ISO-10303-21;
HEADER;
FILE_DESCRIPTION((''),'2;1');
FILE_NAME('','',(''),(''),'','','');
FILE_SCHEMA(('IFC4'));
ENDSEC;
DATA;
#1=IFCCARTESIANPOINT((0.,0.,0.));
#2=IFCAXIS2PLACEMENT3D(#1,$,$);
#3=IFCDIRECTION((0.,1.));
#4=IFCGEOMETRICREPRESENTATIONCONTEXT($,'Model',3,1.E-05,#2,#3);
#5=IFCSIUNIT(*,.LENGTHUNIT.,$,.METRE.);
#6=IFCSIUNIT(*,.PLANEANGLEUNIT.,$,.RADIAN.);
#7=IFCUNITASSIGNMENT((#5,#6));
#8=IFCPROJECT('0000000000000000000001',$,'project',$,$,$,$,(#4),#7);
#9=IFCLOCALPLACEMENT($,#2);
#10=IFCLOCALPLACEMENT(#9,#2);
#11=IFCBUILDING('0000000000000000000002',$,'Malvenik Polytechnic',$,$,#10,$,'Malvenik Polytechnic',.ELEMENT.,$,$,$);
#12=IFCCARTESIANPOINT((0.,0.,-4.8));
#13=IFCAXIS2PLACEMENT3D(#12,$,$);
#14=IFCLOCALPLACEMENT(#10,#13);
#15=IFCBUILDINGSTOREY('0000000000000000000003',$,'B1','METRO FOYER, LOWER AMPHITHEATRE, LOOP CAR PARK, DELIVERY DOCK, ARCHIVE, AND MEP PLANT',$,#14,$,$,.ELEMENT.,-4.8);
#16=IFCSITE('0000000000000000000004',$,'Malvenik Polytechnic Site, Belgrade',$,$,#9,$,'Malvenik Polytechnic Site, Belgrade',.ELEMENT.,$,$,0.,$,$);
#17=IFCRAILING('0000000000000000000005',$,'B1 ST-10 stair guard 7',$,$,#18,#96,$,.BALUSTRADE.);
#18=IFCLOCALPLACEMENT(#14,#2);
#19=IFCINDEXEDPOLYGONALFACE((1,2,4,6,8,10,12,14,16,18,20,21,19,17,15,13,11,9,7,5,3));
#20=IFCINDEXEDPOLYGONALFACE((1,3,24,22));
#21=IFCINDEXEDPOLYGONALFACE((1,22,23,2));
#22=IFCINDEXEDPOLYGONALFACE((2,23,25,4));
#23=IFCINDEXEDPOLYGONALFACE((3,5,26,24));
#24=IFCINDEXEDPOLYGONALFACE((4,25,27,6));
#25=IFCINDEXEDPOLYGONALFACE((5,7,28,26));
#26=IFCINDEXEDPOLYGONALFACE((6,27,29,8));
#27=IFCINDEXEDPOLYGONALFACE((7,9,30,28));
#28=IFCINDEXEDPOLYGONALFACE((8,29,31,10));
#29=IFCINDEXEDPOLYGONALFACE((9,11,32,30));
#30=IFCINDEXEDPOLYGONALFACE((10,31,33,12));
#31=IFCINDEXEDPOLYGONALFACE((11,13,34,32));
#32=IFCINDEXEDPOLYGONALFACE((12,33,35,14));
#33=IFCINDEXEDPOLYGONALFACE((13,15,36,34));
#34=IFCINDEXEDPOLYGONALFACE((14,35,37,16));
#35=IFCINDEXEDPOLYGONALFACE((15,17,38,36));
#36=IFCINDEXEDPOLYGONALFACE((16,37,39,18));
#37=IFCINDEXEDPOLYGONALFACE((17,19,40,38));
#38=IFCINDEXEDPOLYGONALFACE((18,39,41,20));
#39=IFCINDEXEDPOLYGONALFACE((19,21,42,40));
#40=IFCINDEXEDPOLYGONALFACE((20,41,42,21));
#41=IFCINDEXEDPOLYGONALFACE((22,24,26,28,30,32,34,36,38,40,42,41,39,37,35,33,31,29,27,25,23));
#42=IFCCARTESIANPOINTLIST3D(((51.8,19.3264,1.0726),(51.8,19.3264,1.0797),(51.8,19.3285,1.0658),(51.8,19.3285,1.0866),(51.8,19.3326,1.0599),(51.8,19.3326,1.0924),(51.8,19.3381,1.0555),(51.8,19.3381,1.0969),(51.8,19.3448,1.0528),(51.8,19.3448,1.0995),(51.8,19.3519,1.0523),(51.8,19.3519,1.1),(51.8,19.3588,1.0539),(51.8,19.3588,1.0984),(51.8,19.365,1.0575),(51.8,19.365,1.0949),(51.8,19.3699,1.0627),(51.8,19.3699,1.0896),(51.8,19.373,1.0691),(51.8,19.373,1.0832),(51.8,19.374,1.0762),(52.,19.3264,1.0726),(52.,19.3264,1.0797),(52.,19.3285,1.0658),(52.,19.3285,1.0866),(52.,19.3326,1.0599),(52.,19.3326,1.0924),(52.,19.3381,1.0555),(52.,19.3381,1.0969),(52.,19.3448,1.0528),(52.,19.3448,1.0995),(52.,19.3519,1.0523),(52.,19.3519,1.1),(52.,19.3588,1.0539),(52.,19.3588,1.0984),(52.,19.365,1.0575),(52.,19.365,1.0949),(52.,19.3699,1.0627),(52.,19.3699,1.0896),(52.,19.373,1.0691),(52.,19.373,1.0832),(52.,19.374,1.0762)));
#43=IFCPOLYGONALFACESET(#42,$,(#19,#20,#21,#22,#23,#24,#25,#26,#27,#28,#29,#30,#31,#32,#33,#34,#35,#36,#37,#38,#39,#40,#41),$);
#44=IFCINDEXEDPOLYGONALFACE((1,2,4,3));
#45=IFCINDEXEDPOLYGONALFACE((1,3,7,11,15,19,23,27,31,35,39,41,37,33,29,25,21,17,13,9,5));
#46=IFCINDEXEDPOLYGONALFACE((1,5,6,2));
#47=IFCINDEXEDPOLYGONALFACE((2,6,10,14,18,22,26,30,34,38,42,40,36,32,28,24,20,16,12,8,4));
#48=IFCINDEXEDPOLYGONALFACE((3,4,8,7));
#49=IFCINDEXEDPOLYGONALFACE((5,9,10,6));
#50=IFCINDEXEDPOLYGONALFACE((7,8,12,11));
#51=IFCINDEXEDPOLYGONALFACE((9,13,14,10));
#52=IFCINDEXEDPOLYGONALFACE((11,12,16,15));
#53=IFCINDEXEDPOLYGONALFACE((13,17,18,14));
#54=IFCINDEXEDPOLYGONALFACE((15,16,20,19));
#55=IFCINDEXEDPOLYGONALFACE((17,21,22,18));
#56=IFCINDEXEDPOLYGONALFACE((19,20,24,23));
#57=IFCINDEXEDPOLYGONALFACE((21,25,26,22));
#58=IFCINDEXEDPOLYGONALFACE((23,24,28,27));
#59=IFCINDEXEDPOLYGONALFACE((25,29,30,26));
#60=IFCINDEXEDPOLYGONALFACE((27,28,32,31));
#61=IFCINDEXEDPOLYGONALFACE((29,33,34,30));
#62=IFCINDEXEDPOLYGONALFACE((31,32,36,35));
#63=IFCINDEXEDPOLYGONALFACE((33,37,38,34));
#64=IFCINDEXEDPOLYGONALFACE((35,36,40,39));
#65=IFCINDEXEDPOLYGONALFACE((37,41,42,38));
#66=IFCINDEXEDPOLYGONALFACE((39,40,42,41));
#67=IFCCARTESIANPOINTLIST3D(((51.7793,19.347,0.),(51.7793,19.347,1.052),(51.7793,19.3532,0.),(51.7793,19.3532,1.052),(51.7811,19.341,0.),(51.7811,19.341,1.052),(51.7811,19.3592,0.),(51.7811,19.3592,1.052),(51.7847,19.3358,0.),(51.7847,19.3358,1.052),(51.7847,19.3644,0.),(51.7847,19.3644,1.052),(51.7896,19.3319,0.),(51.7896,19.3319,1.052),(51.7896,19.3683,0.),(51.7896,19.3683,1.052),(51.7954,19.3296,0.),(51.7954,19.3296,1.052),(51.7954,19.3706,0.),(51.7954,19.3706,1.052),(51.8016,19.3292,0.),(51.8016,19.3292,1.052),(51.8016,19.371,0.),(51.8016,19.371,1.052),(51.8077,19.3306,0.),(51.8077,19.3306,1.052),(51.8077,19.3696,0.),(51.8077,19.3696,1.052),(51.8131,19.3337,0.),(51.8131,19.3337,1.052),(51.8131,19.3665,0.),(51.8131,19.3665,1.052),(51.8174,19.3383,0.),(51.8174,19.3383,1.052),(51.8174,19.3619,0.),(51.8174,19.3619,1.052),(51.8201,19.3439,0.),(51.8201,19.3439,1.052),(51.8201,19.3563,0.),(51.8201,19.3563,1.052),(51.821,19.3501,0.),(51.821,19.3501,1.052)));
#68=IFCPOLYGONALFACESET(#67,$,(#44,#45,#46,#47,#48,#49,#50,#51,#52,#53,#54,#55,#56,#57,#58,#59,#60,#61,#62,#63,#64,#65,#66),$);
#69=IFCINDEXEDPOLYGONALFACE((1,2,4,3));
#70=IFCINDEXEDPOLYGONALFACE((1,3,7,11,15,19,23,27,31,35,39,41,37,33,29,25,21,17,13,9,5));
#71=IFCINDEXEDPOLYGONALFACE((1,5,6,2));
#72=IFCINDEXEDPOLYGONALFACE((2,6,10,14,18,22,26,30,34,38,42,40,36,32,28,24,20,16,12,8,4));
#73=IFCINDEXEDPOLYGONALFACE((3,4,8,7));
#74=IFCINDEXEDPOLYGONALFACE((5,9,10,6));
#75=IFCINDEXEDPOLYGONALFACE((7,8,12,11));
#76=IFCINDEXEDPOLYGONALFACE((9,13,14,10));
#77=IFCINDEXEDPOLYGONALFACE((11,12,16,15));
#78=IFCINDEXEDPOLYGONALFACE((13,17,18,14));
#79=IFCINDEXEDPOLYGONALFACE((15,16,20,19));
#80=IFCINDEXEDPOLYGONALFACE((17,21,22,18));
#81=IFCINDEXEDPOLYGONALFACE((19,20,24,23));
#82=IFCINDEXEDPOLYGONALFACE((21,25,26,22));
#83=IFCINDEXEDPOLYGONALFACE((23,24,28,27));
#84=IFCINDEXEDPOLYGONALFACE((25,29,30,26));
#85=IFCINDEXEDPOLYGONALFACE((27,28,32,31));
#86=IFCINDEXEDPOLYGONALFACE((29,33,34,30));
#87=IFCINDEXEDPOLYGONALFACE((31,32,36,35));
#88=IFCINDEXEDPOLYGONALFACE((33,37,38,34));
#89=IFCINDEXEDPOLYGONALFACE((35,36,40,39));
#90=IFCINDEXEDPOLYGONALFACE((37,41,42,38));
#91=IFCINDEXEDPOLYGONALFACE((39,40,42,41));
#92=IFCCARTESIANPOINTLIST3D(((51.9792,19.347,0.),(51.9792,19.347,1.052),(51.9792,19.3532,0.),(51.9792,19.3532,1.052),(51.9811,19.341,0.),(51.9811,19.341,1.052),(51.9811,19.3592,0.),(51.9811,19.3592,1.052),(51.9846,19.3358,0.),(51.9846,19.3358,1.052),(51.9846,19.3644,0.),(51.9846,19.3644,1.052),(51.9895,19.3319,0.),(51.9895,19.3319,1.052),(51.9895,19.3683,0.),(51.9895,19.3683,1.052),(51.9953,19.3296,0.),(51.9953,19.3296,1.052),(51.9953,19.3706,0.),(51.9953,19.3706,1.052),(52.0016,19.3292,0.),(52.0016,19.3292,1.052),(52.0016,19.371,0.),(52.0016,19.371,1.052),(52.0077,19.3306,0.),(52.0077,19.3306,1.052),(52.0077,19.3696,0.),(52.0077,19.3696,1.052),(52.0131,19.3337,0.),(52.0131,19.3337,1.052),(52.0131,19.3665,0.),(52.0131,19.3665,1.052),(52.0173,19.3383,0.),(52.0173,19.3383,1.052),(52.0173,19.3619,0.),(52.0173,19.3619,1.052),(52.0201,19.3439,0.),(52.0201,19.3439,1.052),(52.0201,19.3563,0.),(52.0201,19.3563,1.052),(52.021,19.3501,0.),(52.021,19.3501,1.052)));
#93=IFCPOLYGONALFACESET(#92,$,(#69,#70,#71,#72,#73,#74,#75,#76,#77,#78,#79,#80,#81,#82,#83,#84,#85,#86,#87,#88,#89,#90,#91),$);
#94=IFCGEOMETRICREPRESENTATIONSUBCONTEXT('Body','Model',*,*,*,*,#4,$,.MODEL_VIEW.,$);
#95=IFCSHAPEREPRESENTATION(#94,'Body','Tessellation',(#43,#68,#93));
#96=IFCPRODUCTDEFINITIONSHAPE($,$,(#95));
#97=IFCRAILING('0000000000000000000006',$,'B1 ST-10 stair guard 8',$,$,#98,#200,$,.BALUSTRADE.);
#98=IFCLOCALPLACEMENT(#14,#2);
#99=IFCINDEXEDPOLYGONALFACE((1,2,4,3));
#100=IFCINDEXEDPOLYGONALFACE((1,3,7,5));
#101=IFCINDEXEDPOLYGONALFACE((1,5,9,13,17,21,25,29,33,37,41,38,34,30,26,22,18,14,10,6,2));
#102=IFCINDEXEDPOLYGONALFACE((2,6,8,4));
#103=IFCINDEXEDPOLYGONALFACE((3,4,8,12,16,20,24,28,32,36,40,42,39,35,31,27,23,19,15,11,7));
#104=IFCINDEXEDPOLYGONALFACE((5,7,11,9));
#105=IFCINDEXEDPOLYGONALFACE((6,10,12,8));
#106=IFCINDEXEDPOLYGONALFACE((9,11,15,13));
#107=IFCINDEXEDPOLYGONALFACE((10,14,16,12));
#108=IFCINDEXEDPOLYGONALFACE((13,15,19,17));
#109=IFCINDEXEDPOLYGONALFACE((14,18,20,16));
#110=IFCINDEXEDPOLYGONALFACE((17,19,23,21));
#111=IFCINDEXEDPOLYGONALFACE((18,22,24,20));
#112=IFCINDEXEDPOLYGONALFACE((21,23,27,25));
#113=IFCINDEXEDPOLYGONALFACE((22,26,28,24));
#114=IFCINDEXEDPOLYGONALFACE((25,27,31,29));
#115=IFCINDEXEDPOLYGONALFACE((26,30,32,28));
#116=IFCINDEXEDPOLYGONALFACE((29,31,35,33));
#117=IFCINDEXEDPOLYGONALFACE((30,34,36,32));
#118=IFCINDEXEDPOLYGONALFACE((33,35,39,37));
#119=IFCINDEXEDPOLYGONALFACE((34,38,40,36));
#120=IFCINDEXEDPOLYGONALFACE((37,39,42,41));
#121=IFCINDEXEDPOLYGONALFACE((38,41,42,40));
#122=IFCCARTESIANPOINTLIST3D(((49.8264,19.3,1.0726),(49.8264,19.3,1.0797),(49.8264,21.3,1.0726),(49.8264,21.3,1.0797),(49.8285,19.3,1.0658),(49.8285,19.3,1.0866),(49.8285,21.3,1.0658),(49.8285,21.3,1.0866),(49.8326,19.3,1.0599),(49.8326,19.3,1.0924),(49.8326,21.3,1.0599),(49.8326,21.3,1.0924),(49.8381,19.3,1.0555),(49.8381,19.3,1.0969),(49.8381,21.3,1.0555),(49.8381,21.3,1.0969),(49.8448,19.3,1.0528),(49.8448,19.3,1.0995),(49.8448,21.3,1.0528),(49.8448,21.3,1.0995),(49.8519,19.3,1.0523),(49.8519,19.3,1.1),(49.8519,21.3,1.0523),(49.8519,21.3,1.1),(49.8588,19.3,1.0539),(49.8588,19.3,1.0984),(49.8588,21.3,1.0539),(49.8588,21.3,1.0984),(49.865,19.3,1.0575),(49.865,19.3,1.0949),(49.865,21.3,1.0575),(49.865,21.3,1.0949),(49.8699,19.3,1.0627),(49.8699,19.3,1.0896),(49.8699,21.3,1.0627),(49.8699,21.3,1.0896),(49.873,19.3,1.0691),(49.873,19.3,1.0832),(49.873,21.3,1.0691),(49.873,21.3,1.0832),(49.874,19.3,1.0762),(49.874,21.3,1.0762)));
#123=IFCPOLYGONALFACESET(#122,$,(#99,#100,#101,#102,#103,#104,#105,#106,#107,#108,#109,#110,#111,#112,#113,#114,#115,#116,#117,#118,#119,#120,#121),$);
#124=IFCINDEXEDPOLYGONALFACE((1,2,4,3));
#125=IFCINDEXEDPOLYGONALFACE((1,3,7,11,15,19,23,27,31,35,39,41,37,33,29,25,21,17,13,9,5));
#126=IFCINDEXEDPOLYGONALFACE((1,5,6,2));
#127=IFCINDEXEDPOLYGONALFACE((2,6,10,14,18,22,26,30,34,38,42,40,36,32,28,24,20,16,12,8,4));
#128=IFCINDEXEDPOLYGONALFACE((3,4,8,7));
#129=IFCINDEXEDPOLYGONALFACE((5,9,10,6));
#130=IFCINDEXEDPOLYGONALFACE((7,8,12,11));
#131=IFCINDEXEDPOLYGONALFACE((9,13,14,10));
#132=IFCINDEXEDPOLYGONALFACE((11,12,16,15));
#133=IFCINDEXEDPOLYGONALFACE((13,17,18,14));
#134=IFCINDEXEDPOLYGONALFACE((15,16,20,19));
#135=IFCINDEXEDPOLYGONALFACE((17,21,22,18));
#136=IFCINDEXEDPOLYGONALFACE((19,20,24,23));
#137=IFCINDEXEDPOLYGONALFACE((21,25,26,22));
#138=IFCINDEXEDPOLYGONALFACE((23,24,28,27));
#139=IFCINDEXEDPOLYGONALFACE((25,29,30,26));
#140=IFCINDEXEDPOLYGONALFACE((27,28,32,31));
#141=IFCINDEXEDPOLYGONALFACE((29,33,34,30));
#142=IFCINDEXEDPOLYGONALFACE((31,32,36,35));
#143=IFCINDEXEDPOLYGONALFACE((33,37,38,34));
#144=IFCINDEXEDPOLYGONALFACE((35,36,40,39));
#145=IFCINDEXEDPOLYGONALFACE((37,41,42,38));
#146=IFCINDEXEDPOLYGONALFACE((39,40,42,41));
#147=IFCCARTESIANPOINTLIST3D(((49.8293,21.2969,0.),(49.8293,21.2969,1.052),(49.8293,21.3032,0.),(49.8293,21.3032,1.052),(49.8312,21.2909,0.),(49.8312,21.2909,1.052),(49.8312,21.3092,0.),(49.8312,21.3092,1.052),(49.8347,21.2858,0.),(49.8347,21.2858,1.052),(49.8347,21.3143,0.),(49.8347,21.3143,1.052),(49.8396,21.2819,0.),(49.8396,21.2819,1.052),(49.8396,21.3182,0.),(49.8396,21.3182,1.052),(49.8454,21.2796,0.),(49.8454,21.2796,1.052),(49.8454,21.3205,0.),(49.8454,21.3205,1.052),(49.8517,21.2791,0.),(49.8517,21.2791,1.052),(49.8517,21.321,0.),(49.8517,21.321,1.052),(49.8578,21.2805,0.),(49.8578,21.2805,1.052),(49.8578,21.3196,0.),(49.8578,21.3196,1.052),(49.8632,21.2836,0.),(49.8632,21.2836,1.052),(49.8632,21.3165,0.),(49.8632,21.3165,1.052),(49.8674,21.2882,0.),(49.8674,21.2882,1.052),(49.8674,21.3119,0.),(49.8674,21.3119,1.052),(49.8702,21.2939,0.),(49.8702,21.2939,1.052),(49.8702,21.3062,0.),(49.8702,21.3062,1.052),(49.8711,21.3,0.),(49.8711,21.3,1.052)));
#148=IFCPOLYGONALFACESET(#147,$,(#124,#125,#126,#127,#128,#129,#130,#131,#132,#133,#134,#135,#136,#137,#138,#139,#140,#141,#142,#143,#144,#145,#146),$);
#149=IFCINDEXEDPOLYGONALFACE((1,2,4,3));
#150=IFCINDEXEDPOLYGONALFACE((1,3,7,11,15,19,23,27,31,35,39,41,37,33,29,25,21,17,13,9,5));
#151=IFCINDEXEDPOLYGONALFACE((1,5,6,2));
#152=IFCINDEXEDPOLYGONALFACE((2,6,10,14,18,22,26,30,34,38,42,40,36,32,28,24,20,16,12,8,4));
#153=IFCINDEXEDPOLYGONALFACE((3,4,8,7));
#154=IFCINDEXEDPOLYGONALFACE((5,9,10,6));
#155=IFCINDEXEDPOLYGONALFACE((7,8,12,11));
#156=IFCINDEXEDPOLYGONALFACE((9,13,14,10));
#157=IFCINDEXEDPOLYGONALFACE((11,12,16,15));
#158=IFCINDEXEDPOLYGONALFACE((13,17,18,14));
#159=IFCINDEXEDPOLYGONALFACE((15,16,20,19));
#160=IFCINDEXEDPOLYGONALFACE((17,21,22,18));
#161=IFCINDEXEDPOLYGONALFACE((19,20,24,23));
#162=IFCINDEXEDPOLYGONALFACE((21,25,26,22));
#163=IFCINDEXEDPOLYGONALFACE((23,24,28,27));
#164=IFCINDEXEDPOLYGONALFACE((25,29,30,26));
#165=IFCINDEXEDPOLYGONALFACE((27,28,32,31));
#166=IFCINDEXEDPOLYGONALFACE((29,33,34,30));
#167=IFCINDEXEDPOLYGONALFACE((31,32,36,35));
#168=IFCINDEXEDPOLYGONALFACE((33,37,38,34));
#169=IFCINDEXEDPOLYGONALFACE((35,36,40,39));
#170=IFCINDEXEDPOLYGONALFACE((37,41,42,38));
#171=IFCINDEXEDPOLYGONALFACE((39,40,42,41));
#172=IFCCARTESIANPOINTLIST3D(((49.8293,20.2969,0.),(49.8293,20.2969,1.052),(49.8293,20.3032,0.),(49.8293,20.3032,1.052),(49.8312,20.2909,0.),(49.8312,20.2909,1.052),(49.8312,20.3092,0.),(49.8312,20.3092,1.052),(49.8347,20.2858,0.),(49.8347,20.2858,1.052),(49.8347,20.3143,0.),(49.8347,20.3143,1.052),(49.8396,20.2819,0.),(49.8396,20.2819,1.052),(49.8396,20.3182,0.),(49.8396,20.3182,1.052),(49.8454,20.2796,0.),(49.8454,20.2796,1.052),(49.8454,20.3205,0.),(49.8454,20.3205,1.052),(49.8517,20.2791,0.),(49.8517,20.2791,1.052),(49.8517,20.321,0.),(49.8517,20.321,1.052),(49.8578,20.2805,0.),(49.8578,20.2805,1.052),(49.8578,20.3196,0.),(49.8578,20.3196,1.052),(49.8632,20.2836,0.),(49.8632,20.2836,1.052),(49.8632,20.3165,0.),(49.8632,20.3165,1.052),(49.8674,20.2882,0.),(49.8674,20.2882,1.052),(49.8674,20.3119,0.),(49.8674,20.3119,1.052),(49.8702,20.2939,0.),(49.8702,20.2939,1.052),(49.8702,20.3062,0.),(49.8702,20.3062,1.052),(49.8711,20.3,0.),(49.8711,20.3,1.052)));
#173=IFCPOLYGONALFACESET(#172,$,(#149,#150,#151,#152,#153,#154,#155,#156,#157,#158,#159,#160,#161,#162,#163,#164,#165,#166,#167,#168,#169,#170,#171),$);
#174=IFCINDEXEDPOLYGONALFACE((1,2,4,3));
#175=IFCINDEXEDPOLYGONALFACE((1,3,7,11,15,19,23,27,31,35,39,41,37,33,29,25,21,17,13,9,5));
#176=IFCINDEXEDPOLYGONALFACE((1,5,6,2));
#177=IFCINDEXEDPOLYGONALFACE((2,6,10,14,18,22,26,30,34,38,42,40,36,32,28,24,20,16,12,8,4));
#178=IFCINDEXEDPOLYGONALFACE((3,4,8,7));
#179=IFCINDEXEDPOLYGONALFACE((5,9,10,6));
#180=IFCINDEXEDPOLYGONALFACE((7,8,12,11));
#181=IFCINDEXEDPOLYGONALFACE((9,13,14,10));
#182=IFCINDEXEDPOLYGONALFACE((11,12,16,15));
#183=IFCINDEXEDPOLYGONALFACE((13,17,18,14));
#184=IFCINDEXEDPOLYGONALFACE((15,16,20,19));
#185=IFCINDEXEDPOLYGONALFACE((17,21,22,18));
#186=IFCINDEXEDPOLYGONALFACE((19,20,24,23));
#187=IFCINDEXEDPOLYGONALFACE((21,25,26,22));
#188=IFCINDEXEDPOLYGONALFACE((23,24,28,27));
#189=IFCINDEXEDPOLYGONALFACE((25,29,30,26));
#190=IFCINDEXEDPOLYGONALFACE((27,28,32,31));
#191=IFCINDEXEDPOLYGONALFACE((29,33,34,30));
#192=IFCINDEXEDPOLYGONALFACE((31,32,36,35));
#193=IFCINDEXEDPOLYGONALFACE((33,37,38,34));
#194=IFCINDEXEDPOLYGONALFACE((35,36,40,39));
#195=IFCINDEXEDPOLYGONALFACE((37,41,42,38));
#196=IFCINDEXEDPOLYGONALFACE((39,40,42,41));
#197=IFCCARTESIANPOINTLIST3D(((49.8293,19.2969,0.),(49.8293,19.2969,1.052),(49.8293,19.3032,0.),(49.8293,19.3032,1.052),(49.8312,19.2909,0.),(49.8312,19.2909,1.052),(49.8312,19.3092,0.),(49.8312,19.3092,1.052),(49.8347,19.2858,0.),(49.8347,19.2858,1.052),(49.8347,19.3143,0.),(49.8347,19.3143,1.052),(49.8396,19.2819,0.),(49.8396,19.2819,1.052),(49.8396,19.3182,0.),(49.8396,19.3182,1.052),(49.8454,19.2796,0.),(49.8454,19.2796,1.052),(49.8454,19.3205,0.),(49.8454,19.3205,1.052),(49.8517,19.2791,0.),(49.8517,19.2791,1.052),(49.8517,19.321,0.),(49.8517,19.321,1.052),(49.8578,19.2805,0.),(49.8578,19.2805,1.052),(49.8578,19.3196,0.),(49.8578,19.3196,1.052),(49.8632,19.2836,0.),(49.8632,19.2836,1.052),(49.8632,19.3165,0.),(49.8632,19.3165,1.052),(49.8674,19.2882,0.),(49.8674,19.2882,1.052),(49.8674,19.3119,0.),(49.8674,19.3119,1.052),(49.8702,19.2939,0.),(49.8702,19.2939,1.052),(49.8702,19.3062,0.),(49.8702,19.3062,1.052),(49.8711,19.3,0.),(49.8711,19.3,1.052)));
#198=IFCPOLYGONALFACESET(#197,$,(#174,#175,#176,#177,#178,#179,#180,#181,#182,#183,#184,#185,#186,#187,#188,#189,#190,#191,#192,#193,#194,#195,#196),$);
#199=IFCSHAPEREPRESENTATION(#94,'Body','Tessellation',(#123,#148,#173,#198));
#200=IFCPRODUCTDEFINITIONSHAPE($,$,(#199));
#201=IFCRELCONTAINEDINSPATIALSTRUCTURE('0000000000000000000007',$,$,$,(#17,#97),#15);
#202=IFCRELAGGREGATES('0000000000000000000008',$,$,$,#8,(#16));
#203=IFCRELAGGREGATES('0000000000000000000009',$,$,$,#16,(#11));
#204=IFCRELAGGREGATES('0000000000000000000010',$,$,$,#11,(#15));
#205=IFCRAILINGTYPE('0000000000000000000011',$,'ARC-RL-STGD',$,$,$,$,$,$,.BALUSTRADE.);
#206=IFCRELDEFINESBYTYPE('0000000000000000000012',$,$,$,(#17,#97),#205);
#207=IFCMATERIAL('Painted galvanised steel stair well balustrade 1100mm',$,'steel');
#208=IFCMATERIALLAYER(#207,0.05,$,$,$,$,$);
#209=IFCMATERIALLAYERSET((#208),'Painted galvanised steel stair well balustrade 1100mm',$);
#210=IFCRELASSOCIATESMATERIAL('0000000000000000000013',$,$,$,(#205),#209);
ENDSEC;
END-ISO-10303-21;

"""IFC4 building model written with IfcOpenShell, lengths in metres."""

from ifc_helpers import new_model, si_unit, direction, frame, origin, origin_2d, place, context, subcontext, project, spatial, circle, extrude, material, layer, layer_set, type_object, element, save


model = new_model("IFC4")

# Units and contexts
model_context = context("Model", 3, precision=1e-05, world=origin(), true_north=direction((0.0, 1.0)))
body_context = subcontext(model_context, "Body", "Model", "MODEL_VIEW")
ifc_project = project(units=[si_unit("LENGTHUNIT", "METRE"), si_unit("PLANEANGLEUNIT", "RADIAN")], contexts=[model_context])

# Site, building, storey
site_placement = place(None, origin())
site = spatial("IfcSite", under=ifc_project, at=site_placement, Name="Malvenik Polytechnic Site, Belgrade", LongName="Malvenik Polytechnic Site, Belgrade", CompositionType="ELEMENT", RefElevation=0.0)
building_placement = place(site_placement, origin())
building = spatial("IfcBuilding", under=site, at=building_placement, Name="Malvenik Polytechnic", LongName="Malvenik Polytechnic", CompositionType="ELEMENT")
storey_placement = place(building_placement, frame((0.0, 0.0, -4.8)))
storey = spatial("IfcBuildingStorey", under=building, at=storey_placement, Name="B1", Description="METRO FOYER, LOWER AMPHITHEATRE, LOOP CAR PARK, DELIVERY DOCK, ARCHIVE, AND MEP PLANT", CompositionType="ELEMENT", Elevation=-4.8)

# Railings
ifc_material_1 = material(Name="Painted galvanised steel stair well balustrade 1100mm", Category="steel")
ifc_layer_1 = layer(ifc_material_1, 0.05)
ifc_layer_set_1 = layer_set([ifc_layer_1], Name="Painted galvanised steel stair well balustrade 1100mm")
railing_type_1 = type_object("IfcRailingType", Name="ARC-RL-STGD", PredefinedType="BALUSTRADE", material=ifc_layer_set_1)
railing_1_placement = place(storey_placement, frame((51.8, 19.3501, 0.0)))
element("IfcRailing", 1, at=railing_1_placement, inside=storey, type_object=railing_type_1, Name="B1 ST-10 stair guard 7", PredefinedType="BALUSTRADE", context=body_context, shape_type="SweptSolid", body=[
    extrude(circle(Radius=0.0239, at=origin_2d()), frame((0.0, 0.0, 1.0762), z_axis=(1.0, 0.0, 0.0), x_axis=(0.0, 1.0, 0.0)), (0.0, 0.0, 1.0), 0.2),
    extrude(circle(Radius=0.021, at=origin_2d()), origin(), (0.0, 0.0, 1.0), 1.052),
    extrude(circle(Radius=0.021, at=origin_2d()), frame((0.2, 0.0, 0.0)), (0.0, 0.0, 1.0), 1.052),
])
railing_2_placement = place(storey_placement, frame((49.8501, 21.3, 0.0)))
element("IfcRailing", 2, at=railing_2_placement, inside=storey, type_object=railing_type_1, Name="B1 ST-10 stair guard 8", PredefinedType="BALUSTRADE", context=body_context, shape_type="SweptSolid", body=[
    extrude(circle(Radius=0.0239, at=origin_2d()), frame((0.0, 0.0, 1.0762), z_axis=(0.0, -1.0, 0.0), x_axis=(1.0, 0.0, 0.0)), (0.0, 0.0, 1.0), 2.0),
    extrude(circle(Radius=0.021, at=origin_2d()), origin(), (0.0, 0.0, 1.0), 1.052),
    extrude(circle(Radius=0.021, at=origin_2d()), frame((0.0, -1.0, 0.0)), (0.0, 0.0, 1.0), 1.052),
    extrude(circle(Radius=0.021, at=origin_2d()), frame((0.0, -2.0, 0.0)), (0.0, 0.0, 1.0), 1.052),
])

save(model, "model.ifc")
